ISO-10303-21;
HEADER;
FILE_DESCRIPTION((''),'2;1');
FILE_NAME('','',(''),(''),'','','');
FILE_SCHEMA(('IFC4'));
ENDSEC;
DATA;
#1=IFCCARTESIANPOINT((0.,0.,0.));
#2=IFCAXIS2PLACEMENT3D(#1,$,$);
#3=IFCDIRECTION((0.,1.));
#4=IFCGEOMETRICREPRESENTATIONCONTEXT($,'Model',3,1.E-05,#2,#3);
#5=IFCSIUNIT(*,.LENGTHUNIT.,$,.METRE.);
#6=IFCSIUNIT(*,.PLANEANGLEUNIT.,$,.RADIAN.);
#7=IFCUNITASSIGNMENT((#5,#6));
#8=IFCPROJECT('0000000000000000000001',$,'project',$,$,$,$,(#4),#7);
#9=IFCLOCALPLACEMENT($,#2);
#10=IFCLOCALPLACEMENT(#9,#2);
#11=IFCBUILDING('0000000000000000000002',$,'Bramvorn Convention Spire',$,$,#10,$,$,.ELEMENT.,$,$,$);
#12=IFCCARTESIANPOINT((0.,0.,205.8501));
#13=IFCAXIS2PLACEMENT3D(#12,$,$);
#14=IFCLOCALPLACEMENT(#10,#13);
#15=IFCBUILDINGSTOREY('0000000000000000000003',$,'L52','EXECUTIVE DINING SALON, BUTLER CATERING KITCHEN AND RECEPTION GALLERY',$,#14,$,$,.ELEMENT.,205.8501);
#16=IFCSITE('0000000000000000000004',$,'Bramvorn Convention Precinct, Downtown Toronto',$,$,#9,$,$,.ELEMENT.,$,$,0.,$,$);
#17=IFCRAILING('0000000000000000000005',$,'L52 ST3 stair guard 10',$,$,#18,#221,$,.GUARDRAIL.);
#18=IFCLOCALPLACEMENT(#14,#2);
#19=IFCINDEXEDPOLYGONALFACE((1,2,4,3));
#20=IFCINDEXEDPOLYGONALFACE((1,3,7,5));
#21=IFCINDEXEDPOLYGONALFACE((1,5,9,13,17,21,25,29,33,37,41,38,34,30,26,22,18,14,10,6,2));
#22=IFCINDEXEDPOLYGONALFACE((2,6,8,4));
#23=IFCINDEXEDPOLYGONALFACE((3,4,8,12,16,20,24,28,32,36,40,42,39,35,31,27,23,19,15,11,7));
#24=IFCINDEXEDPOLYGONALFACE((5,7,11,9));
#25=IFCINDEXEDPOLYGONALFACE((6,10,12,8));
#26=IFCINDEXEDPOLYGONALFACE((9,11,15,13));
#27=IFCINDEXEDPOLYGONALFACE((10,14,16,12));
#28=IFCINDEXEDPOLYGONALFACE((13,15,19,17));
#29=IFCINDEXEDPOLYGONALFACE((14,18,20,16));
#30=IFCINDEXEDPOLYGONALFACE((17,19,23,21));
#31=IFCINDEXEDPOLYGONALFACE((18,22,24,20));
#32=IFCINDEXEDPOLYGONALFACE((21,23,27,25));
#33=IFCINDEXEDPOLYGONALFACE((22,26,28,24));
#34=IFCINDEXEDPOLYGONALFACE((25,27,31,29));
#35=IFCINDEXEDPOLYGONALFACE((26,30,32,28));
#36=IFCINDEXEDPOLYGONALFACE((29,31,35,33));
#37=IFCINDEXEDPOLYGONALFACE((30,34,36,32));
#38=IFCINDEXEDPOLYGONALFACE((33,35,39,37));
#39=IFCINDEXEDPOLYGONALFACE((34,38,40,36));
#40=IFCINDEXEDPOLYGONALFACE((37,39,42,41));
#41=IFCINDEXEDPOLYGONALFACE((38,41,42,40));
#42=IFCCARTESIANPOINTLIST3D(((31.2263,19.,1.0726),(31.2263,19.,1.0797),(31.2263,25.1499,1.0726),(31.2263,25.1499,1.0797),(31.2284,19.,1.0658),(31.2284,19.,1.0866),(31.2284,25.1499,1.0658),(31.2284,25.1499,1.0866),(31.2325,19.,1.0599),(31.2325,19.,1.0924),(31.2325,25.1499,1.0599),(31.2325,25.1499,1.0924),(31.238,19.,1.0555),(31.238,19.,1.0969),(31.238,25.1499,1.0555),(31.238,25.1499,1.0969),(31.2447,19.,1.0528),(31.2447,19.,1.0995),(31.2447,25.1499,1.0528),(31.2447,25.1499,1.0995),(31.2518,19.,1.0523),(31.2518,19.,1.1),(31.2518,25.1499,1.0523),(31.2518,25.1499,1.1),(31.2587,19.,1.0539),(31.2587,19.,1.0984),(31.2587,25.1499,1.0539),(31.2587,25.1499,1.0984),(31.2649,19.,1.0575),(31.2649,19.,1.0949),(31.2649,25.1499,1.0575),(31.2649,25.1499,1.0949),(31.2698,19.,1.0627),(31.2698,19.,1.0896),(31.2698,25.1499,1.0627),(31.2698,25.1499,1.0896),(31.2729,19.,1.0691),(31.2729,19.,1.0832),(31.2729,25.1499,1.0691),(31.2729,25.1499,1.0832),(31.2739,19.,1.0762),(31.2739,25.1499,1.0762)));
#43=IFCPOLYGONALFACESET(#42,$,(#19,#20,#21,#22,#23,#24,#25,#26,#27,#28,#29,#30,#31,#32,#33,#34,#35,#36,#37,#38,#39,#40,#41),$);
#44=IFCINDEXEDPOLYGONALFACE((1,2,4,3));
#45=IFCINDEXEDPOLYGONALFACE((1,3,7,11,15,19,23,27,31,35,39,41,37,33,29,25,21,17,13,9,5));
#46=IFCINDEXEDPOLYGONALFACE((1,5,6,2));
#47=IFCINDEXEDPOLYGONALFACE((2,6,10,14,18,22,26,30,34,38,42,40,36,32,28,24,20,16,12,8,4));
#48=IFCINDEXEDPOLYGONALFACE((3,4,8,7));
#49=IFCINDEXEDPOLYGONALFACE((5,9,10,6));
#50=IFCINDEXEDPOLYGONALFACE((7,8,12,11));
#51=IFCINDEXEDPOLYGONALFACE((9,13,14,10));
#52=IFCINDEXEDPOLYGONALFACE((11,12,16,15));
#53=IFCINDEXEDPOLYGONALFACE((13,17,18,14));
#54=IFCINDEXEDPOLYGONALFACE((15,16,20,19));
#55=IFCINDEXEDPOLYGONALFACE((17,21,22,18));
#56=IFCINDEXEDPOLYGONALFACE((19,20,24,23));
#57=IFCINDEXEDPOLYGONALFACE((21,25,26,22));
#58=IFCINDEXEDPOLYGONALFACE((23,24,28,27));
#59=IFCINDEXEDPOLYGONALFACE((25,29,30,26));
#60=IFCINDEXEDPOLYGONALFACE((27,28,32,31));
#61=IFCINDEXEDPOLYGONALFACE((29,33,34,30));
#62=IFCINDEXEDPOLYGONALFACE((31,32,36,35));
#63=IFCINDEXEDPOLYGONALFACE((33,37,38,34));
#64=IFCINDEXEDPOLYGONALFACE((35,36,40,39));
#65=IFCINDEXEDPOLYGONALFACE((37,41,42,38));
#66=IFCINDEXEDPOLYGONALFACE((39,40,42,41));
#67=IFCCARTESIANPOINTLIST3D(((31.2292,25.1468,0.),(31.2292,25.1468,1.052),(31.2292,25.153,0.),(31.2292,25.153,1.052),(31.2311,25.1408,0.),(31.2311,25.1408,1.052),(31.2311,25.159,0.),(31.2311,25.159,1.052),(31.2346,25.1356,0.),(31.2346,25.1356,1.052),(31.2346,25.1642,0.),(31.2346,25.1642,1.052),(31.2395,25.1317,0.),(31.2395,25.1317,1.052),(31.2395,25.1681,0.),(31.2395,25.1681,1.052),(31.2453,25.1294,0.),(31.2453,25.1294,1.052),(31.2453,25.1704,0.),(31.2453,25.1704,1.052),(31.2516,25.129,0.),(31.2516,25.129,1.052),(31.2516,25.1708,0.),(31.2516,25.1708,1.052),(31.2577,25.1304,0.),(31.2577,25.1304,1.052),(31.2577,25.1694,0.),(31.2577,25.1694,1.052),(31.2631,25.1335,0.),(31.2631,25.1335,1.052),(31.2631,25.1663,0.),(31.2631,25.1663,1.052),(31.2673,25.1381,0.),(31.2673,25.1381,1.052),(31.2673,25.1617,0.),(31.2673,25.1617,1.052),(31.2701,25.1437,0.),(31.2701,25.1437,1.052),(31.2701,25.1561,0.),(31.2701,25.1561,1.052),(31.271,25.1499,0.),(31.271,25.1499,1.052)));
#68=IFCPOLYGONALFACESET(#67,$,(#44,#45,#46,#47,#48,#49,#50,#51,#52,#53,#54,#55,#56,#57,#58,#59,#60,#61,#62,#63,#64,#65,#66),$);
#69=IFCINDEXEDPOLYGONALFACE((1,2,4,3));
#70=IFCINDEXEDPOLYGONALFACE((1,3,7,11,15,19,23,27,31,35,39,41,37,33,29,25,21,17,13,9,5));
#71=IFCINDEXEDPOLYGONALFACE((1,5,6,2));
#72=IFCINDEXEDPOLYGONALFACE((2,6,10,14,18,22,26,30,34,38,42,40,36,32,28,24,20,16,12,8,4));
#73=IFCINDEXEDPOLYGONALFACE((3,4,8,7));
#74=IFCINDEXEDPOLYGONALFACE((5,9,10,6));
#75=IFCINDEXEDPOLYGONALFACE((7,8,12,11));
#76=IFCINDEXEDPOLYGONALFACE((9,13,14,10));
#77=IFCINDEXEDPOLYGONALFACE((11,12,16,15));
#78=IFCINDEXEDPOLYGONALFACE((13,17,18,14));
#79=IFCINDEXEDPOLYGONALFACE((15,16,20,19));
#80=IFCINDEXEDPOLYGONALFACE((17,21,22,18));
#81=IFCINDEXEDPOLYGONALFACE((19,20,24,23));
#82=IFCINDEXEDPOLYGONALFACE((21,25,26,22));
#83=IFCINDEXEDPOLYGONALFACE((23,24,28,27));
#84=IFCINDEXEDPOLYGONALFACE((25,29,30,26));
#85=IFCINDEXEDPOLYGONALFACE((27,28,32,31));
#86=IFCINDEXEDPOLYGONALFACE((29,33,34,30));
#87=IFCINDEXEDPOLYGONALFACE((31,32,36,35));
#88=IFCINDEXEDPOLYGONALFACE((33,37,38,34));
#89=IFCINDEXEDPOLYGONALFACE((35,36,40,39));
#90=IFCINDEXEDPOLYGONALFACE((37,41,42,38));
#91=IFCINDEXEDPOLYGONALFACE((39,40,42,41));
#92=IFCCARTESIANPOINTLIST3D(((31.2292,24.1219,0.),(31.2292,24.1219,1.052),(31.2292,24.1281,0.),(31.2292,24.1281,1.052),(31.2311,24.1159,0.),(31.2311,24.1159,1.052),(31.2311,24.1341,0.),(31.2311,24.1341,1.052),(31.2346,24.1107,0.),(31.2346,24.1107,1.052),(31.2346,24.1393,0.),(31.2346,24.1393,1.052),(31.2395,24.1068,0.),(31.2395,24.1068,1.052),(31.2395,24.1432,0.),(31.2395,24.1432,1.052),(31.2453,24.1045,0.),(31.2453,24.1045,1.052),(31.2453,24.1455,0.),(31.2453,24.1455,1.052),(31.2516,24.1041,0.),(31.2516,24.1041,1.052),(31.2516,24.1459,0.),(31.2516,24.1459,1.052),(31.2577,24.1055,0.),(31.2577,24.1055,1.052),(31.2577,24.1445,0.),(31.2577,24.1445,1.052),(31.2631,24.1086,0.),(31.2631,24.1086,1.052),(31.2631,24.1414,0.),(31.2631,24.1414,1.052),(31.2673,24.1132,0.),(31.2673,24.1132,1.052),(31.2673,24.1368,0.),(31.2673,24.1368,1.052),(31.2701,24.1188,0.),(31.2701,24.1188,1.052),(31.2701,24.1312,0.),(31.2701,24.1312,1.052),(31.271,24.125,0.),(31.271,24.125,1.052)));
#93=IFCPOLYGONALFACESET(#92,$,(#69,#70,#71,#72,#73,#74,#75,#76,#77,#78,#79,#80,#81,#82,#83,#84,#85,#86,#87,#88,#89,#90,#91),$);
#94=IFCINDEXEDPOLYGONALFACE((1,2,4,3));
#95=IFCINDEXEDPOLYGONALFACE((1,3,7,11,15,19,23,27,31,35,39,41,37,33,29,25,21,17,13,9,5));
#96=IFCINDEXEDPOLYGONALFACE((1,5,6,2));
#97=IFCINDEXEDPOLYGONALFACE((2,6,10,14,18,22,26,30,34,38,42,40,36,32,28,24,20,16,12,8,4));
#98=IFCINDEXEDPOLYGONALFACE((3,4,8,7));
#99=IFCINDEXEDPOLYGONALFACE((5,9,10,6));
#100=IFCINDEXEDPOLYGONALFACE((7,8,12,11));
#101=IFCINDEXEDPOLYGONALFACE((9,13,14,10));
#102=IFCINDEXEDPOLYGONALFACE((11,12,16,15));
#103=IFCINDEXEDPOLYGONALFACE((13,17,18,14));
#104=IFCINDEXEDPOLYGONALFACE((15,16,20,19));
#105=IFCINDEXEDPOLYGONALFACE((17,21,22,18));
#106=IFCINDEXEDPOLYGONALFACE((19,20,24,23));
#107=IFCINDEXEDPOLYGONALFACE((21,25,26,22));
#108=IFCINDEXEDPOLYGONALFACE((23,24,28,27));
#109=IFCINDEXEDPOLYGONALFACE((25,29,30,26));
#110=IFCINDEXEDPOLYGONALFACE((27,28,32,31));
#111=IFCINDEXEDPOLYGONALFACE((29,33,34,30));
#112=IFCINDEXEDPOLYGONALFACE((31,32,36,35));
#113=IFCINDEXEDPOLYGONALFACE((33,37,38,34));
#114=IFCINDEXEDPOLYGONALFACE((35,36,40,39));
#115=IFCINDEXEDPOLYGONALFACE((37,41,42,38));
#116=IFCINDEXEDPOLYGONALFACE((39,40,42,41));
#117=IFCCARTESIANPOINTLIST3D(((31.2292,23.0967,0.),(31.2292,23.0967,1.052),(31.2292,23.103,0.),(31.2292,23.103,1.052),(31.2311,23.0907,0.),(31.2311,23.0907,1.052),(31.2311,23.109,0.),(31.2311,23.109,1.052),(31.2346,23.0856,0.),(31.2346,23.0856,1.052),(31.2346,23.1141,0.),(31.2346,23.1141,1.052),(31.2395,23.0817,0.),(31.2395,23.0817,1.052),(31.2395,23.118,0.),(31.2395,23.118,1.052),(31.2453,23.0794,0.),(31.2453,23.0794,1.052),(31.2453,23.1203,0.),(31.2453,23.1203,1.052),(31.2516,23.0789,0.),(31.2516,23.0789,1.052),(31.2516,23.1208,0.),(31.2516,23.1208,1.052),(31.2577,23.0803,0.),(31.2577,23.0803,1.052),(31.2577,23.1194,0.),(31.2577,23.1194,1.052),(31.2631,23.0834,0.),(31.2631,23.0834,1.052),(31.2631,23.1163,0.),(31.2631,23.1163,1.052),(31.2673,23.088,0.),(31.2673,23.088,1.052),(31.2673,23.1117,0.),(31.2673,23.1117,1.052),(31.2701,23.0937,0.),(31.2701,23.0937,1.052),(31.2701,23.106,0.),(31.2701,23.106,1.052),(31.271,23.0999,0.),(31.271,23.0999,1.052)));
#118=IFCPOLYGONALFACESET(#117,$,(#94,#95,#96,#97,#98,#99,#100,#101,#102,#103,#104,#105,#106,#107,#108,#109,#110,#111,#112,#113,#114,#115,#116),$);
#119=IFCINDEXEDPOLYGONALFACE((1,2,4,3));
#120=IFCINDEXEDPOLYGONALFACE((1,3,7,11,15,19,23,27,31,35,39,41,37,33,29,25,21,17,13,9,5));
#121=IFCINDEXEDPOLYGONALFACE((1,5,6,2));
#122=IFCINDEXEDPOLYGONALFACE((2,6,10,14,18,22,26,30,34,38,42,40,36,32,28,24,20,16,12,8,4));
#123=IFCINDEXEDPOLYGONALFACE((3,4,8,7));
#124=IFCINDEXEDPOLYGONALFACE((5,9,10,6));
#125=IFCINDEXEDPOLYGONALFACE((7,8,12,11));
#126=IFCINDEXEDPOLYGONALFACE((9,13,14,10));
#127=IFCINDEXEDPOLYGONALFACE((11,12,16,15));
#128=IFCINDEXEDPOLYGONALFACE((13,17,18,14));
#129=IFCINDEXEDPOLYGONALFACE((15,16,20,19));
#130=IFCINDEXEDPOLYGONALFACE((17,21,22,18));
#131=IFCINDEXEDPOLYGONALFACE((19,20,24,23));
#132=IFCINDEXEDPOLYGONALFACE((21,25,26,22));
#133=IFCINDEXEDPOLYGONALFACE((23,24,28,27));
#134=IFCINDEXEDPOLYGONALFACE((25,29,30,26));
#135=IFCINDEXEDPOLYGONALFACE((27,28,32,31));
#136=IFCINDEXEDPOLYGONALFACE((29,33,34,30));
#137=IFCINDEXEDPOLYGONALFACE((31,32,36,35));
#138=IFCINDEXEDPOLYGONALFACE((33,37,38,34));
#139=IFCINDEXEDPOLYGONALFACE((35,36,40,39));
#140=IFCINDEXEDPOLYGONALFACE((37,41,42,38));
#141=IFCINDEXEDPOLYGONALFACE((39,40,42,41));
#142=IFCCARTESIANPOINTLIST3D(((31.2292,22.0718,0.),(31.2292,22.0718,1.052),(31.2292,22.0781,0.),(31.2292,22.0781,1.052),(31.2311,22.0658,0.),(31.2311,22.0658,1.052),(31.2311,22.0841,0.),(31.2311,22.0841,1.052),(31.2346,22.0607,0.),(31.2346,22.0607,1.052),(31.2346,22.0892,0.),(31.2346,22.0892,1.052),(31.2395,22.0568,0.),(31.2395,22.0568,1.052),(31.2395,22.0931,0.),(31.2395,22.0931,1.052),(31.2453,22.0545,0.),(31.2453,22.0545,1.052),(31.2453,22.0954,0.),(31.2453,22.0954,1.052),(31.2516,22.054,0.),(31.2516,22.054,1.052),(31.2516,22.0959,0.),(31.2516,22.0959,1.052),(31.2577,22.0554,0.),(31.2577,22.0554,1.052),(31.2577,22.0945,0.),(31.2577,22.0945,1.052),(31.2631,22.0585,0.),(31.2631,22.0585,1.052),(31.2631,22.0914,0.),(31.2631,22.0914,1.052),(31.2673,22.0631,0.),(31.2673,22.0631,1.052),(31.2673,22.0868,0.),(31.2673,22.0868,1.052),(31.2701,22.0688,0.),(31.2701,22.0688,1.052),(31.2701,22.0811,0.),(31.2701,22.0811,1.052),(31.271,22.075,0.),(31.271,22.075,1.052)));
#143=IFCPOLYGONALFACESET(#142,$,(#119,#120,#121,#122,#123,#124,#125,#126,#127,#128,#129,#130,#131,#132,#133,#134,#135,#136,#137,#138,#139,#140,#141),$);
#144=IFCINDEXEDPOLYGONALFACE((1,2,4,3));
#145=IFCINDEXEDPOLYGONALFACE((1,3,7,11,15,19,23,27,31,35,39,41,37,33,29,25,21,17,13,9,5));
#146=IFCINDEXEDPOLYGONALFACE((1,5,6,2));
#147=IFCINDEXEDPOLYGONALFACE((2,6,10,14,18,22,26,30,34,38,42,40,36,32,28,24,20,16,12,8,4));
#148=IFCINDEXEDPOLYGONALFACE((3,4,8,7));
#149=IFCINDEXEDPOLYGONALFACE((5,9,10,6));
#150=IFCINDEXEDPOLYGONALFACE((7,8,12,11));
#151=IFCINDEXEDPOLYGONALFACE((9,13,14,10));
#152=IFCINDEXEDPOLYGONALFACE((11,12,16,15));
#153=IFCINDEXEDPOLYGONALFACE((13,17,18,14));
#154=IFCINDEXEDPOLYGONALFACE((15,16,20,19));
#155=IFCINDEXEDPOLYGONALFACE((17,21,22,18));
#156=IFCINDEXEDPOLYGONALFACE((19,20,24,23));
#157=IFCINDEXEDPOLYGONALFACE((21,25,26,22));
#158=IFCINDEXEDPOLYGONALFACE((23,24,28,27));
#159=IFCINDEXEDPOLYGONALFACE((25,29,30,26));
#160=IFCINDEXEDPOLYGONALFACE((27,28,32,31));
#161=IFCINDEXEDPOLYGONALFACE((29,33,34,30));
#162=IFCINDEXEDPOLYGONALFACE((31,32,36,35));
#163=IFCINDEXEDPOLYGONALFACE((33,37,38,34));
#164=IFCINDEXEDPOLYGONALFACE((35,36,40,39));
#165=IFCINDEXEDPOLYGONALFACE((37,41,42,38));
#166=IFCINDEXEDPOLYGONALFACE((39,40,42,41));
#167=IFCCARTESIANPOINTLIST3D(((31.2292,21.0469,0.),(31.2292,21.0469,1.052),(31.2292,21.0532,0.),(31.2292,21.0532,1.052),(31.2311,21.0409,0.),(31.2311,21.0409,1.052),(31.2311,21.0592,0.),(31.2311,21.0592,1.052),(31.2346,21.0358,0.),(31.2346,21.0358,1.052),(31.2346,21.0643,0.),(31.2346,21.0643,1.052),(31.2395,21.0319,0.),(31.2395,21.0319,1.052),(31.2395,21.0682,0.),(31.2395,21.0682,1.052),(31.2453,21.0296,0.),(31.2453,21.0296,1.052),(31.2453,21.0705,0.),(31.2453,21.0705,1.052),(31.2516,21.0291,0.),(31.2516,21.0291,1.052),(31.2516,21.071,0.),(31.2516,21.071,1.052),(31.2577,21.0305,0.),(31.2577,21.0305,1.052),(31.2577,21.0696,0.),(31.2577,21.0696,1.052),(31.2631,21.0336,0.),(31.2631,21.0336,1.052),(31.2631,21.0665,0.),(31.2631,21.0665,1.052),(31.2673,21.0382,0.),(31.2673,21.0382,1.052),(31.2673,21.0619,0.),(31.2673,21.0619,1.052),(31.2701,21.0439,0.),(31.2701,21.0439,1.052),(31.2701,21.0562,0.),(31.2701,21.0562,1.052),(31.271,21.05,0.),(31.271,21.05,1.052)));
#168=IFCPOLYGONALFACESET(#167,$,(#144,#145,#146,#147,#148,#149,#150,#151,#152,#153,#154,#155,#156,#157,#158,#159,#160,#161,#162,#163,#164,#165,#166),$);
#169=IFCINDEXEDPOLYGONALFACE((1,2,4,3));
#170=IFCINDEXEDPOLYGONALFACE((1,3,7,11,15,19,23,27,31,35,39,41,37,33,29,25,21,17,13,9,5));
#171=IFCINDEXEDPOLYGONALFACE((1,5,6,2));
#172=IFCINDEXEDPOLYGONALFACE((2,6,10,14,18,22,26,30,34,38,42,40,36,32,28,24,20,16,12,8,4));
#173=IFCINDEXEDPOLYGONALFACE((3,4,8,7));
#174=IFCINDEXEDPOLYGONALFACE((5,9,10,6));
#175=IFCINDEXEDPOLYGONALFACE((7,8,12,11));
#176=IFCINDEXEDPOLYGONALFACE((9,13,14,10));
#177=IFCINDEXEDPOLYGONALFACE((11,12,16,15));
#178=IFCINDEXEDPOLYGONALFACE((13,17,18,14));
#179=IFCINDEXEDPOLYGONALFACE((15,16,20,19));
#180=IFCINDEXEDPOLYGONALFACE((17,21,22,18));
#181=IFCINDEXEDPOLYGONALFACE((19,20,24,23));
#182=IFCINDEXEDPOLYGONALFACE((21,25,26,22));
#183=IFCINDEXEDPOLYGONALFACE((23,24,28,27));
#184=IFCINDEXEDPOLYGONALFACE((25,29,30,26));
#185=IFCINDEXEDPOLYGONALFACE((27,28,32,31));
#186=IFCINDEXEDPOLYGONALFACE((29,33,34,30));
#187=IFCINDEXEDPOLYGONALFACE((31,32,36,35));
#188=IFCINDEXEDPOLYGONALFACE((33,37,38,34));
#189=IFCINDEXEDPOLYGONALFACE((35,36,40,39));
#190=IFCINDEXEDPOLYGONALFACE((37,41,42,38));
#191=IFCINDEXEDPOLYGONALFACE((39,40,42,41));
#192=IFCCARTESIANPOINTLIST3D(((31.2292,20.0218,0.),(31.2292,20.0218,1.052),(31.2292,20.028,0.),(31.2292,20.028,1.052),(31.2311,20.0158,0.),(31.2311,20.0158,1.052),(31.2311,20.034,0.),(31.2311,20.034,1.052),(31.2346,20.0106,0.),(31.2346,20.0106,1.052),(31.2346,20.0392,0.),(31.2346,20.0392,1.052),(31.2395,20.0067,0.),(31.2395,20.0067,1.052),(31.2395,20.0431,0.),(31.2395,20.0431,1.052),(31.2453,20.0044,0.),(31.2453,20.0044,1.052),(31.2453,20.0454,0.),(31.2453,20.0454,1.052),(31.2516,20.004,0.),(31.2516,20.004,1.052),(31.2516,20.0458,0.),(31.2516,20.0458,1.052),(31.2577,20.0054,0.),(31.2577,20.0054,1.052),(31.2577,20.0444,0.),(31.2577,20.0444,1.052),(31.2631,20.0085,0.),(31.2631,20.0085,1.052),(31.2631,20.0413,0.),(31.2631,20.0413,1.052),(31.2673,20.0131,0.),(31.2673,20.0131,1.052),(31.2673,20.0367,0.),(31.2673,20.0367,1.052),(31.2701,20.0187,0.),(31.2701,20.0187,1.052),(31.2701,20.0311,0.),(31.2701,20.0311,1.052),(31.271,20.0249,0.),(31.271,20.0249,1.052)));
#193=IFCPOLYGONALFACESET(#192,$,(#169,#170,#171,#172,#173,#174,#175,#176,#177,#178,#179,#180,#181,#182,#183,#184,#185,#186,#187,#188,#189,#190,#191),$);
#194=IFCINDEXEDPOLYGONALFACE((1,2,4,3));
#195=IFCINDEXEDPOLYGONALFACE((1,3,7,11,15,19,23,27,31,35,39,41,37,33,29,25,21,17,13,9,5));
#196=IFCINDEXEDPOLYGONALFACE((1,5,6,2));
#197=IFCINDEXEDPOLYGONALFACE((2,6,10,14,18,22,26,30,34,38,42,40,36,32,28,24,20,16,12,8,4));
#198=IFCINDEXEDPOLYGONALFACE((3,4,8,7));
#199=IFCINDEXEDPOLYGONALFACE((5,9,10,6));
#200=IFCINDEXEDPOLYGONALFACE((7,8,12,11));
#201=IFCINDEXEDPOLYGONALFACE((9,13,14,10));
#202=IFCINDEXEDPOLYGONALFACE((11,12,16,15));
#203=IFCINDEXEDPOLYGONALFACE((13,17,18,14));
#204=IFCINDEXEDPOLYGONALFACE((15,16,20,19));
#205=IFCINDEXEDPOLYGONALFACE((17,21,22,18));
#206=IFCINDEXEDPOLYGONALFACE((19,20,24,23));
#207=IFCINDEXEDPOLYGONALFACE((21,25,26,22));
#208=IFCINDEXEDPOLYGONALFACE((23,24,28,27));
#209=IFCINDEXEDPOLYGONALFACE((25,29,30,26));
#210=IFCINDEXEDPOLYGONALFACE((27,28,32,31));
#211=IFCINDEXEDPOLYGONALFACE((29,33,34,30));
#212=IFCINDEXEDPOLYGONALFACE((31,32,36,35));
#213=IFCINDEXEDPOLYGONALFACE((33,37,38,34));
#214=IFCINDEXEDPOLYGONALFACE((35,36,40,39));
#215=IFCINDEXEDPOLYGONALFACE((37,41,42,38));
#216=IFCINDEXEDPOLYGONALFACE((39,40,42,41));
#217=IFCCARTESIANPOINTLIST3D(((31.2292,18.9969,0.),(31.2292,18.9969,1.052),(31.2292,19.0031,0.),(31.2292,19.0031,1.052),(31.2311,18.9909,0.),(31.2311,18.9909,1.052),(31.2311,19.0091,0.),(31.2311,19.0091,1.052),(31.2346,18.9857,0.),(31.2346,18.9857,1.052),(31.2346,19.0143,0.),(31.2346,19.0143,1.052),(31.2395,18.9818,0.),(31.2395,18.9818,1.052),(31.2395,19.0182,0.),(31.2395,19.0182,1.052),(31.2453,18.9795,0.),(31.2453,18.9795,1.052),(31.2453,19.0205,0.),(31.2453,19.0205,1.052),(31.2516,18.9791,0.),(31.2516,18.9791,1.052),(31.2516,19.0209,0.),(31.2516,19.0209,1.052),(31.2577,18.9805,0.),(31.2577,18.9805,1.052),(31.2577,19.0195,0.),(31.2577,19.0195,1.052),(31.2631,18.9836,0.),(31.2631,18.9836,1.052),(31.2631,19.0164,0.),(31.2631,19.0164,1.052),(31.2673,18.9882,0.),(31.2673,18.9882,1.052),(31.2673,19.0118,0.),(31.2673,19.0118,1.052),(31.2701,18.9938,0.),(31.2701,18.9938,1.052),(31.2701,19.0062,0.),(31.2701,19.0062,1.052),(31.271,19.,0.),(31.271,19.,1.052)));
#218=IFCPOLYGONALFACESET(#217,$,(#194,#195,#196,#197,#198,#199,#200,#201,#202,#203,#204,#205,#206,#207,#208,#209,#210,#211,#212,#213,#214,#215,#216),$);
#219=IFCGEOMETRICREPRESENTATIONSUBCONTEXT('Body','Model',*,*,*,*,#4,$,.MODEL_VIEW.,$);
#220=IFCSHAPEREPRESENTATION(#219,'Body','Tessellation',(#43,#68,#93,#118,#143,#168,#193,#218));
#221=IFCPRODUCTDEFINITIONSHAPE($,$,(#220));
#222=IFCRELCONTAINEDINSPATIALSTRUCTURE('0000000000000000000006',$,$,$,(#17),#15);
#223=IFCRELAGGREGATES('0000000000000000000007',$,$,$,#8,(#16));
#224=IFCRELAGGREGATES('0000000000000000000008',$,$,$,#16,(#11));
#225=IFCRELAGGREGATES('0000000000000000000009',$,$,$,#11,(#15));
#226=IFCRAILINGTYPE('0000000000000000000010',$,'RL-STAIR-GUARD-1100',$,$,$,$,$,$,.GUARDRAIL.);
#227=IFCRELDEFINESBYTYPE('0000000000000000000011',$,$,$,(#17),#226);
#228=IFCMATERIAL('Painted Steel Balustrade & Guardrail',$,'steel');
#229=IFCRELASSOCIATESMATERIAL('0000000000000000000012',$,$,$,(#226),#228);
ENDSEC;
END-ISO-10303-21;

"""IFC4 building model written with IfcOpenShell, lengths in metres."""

from ifc_helpers import new_model, si_unit, direction, frame, origin, origin_2d, place, context, subcontext, project, spatial, circle, extrude, material, type_object, element, save


model = new_model("IFC4")

# Units and contexts
model_context = context("Model", 3, precision=1e-05, world=origin(), true_north=direction((0.0, 1.0)))
body_context = subcontext(model_context, "Body", "Model", "MODEL_VIEW")
ifc_project = project(units=[si_unit("LENGTHUNIT", "METRE"), si_unit("PLANEANGLEUNIT", "RADIAN")], contexts=[model_context])

# Site, building, storey
site_placement = place(None, origin())
site = spatial("IfcSite", under=ifc_project, at=site_placement, Name="Bramvorn Convention Precinct, Downtown Toronto", CompositionType="ELEMENT", RefElevation=0.0)
building_placement = place(site_placement, origin())
building = spatial("IfcBuilding", under=site, at=building_placement, Name="Bramvorn Convention Spire", CompositionType="ELEMENT")
storey_placement = place(building_placement, frame((0.0, 0.0, 205.8501)))
storey = spatial("IfcBuildingStorey", under=building, at=storey_placement, Name="L52", Description="EXECUTIVE DINING SALON, BUTLER CATERING KITCHEN AND RECEPTION GALLERY", CompositionType="ELEMENT", Elevation=205.8501)

# Railing
ifc_material_1 = material(Name="Painted Steel Balustrade & Guardrail", Category="steel")
railing_type = type_object("IfcRailingType", Name="RL-STAIR-GUARD-1100", PredefinedType="GUARDRAIL", material=ifc_material_1)
railing_1_placement = place(storey_placement, frame((31.25, 25.1499, 0.0)))
element("IfcRailing", 1, at=railing_1_placement, inside=storey, type_object=railing_type, Name="L52 ST3 stair guard 10", PredefinedType="GUARDRAIL", context=body_context, shape_type="SweptSolid", body=[
    extrude(circle(Radius=0.0239, at=origin_2d()), frame((0.0, 0.0, 1.0762), z_axis=(0.0, -1.0, 0.0), x_axis=(1.0, 0.0, 0.0)), (0.0, 0.0, 1.0), 6.1499),
    extrude(circle(Radius=0.021, at=origin_2d()), origin(), (0.0, 0.0, 1.0), 1.052),
    extrude(circle(Radius=0.021, at=origin_2d()), frame((0.0, -1.0249, 0.0)), (0.0, 0.0, 1.0), 1.052),
    extrude(circle(Radius=0.021, at=origin_2d()), frame((0.0, -2.05, 0.0)), (0.0, 0.0, 1.0), 1.052),
    extrude(circle(Radius=0.021, at=origin_2d()), frame((0.0, -3.075, 0.0)), (0.0, 0.0, 1.0), 1.052),
    extrude(circle(Radius=0.021, at=origin_2d()), frame((0.0, -4.0999, 0.0)), (0.0, 0.0, 1.0), 1.052),
    extrude(circle(Radius=0.021, at=origin_2d()), frame((0.0, -5.125, 0.0)), (0.0, 0.0, 1.0), 1.052),
    extrude(circle(Radius=0.021, at=origin_2d()), frame((0.0, -6.1499, 0.0)), (0.0, 0.0, 1.0), 1.052),
])

save(model, "model.ifc")
